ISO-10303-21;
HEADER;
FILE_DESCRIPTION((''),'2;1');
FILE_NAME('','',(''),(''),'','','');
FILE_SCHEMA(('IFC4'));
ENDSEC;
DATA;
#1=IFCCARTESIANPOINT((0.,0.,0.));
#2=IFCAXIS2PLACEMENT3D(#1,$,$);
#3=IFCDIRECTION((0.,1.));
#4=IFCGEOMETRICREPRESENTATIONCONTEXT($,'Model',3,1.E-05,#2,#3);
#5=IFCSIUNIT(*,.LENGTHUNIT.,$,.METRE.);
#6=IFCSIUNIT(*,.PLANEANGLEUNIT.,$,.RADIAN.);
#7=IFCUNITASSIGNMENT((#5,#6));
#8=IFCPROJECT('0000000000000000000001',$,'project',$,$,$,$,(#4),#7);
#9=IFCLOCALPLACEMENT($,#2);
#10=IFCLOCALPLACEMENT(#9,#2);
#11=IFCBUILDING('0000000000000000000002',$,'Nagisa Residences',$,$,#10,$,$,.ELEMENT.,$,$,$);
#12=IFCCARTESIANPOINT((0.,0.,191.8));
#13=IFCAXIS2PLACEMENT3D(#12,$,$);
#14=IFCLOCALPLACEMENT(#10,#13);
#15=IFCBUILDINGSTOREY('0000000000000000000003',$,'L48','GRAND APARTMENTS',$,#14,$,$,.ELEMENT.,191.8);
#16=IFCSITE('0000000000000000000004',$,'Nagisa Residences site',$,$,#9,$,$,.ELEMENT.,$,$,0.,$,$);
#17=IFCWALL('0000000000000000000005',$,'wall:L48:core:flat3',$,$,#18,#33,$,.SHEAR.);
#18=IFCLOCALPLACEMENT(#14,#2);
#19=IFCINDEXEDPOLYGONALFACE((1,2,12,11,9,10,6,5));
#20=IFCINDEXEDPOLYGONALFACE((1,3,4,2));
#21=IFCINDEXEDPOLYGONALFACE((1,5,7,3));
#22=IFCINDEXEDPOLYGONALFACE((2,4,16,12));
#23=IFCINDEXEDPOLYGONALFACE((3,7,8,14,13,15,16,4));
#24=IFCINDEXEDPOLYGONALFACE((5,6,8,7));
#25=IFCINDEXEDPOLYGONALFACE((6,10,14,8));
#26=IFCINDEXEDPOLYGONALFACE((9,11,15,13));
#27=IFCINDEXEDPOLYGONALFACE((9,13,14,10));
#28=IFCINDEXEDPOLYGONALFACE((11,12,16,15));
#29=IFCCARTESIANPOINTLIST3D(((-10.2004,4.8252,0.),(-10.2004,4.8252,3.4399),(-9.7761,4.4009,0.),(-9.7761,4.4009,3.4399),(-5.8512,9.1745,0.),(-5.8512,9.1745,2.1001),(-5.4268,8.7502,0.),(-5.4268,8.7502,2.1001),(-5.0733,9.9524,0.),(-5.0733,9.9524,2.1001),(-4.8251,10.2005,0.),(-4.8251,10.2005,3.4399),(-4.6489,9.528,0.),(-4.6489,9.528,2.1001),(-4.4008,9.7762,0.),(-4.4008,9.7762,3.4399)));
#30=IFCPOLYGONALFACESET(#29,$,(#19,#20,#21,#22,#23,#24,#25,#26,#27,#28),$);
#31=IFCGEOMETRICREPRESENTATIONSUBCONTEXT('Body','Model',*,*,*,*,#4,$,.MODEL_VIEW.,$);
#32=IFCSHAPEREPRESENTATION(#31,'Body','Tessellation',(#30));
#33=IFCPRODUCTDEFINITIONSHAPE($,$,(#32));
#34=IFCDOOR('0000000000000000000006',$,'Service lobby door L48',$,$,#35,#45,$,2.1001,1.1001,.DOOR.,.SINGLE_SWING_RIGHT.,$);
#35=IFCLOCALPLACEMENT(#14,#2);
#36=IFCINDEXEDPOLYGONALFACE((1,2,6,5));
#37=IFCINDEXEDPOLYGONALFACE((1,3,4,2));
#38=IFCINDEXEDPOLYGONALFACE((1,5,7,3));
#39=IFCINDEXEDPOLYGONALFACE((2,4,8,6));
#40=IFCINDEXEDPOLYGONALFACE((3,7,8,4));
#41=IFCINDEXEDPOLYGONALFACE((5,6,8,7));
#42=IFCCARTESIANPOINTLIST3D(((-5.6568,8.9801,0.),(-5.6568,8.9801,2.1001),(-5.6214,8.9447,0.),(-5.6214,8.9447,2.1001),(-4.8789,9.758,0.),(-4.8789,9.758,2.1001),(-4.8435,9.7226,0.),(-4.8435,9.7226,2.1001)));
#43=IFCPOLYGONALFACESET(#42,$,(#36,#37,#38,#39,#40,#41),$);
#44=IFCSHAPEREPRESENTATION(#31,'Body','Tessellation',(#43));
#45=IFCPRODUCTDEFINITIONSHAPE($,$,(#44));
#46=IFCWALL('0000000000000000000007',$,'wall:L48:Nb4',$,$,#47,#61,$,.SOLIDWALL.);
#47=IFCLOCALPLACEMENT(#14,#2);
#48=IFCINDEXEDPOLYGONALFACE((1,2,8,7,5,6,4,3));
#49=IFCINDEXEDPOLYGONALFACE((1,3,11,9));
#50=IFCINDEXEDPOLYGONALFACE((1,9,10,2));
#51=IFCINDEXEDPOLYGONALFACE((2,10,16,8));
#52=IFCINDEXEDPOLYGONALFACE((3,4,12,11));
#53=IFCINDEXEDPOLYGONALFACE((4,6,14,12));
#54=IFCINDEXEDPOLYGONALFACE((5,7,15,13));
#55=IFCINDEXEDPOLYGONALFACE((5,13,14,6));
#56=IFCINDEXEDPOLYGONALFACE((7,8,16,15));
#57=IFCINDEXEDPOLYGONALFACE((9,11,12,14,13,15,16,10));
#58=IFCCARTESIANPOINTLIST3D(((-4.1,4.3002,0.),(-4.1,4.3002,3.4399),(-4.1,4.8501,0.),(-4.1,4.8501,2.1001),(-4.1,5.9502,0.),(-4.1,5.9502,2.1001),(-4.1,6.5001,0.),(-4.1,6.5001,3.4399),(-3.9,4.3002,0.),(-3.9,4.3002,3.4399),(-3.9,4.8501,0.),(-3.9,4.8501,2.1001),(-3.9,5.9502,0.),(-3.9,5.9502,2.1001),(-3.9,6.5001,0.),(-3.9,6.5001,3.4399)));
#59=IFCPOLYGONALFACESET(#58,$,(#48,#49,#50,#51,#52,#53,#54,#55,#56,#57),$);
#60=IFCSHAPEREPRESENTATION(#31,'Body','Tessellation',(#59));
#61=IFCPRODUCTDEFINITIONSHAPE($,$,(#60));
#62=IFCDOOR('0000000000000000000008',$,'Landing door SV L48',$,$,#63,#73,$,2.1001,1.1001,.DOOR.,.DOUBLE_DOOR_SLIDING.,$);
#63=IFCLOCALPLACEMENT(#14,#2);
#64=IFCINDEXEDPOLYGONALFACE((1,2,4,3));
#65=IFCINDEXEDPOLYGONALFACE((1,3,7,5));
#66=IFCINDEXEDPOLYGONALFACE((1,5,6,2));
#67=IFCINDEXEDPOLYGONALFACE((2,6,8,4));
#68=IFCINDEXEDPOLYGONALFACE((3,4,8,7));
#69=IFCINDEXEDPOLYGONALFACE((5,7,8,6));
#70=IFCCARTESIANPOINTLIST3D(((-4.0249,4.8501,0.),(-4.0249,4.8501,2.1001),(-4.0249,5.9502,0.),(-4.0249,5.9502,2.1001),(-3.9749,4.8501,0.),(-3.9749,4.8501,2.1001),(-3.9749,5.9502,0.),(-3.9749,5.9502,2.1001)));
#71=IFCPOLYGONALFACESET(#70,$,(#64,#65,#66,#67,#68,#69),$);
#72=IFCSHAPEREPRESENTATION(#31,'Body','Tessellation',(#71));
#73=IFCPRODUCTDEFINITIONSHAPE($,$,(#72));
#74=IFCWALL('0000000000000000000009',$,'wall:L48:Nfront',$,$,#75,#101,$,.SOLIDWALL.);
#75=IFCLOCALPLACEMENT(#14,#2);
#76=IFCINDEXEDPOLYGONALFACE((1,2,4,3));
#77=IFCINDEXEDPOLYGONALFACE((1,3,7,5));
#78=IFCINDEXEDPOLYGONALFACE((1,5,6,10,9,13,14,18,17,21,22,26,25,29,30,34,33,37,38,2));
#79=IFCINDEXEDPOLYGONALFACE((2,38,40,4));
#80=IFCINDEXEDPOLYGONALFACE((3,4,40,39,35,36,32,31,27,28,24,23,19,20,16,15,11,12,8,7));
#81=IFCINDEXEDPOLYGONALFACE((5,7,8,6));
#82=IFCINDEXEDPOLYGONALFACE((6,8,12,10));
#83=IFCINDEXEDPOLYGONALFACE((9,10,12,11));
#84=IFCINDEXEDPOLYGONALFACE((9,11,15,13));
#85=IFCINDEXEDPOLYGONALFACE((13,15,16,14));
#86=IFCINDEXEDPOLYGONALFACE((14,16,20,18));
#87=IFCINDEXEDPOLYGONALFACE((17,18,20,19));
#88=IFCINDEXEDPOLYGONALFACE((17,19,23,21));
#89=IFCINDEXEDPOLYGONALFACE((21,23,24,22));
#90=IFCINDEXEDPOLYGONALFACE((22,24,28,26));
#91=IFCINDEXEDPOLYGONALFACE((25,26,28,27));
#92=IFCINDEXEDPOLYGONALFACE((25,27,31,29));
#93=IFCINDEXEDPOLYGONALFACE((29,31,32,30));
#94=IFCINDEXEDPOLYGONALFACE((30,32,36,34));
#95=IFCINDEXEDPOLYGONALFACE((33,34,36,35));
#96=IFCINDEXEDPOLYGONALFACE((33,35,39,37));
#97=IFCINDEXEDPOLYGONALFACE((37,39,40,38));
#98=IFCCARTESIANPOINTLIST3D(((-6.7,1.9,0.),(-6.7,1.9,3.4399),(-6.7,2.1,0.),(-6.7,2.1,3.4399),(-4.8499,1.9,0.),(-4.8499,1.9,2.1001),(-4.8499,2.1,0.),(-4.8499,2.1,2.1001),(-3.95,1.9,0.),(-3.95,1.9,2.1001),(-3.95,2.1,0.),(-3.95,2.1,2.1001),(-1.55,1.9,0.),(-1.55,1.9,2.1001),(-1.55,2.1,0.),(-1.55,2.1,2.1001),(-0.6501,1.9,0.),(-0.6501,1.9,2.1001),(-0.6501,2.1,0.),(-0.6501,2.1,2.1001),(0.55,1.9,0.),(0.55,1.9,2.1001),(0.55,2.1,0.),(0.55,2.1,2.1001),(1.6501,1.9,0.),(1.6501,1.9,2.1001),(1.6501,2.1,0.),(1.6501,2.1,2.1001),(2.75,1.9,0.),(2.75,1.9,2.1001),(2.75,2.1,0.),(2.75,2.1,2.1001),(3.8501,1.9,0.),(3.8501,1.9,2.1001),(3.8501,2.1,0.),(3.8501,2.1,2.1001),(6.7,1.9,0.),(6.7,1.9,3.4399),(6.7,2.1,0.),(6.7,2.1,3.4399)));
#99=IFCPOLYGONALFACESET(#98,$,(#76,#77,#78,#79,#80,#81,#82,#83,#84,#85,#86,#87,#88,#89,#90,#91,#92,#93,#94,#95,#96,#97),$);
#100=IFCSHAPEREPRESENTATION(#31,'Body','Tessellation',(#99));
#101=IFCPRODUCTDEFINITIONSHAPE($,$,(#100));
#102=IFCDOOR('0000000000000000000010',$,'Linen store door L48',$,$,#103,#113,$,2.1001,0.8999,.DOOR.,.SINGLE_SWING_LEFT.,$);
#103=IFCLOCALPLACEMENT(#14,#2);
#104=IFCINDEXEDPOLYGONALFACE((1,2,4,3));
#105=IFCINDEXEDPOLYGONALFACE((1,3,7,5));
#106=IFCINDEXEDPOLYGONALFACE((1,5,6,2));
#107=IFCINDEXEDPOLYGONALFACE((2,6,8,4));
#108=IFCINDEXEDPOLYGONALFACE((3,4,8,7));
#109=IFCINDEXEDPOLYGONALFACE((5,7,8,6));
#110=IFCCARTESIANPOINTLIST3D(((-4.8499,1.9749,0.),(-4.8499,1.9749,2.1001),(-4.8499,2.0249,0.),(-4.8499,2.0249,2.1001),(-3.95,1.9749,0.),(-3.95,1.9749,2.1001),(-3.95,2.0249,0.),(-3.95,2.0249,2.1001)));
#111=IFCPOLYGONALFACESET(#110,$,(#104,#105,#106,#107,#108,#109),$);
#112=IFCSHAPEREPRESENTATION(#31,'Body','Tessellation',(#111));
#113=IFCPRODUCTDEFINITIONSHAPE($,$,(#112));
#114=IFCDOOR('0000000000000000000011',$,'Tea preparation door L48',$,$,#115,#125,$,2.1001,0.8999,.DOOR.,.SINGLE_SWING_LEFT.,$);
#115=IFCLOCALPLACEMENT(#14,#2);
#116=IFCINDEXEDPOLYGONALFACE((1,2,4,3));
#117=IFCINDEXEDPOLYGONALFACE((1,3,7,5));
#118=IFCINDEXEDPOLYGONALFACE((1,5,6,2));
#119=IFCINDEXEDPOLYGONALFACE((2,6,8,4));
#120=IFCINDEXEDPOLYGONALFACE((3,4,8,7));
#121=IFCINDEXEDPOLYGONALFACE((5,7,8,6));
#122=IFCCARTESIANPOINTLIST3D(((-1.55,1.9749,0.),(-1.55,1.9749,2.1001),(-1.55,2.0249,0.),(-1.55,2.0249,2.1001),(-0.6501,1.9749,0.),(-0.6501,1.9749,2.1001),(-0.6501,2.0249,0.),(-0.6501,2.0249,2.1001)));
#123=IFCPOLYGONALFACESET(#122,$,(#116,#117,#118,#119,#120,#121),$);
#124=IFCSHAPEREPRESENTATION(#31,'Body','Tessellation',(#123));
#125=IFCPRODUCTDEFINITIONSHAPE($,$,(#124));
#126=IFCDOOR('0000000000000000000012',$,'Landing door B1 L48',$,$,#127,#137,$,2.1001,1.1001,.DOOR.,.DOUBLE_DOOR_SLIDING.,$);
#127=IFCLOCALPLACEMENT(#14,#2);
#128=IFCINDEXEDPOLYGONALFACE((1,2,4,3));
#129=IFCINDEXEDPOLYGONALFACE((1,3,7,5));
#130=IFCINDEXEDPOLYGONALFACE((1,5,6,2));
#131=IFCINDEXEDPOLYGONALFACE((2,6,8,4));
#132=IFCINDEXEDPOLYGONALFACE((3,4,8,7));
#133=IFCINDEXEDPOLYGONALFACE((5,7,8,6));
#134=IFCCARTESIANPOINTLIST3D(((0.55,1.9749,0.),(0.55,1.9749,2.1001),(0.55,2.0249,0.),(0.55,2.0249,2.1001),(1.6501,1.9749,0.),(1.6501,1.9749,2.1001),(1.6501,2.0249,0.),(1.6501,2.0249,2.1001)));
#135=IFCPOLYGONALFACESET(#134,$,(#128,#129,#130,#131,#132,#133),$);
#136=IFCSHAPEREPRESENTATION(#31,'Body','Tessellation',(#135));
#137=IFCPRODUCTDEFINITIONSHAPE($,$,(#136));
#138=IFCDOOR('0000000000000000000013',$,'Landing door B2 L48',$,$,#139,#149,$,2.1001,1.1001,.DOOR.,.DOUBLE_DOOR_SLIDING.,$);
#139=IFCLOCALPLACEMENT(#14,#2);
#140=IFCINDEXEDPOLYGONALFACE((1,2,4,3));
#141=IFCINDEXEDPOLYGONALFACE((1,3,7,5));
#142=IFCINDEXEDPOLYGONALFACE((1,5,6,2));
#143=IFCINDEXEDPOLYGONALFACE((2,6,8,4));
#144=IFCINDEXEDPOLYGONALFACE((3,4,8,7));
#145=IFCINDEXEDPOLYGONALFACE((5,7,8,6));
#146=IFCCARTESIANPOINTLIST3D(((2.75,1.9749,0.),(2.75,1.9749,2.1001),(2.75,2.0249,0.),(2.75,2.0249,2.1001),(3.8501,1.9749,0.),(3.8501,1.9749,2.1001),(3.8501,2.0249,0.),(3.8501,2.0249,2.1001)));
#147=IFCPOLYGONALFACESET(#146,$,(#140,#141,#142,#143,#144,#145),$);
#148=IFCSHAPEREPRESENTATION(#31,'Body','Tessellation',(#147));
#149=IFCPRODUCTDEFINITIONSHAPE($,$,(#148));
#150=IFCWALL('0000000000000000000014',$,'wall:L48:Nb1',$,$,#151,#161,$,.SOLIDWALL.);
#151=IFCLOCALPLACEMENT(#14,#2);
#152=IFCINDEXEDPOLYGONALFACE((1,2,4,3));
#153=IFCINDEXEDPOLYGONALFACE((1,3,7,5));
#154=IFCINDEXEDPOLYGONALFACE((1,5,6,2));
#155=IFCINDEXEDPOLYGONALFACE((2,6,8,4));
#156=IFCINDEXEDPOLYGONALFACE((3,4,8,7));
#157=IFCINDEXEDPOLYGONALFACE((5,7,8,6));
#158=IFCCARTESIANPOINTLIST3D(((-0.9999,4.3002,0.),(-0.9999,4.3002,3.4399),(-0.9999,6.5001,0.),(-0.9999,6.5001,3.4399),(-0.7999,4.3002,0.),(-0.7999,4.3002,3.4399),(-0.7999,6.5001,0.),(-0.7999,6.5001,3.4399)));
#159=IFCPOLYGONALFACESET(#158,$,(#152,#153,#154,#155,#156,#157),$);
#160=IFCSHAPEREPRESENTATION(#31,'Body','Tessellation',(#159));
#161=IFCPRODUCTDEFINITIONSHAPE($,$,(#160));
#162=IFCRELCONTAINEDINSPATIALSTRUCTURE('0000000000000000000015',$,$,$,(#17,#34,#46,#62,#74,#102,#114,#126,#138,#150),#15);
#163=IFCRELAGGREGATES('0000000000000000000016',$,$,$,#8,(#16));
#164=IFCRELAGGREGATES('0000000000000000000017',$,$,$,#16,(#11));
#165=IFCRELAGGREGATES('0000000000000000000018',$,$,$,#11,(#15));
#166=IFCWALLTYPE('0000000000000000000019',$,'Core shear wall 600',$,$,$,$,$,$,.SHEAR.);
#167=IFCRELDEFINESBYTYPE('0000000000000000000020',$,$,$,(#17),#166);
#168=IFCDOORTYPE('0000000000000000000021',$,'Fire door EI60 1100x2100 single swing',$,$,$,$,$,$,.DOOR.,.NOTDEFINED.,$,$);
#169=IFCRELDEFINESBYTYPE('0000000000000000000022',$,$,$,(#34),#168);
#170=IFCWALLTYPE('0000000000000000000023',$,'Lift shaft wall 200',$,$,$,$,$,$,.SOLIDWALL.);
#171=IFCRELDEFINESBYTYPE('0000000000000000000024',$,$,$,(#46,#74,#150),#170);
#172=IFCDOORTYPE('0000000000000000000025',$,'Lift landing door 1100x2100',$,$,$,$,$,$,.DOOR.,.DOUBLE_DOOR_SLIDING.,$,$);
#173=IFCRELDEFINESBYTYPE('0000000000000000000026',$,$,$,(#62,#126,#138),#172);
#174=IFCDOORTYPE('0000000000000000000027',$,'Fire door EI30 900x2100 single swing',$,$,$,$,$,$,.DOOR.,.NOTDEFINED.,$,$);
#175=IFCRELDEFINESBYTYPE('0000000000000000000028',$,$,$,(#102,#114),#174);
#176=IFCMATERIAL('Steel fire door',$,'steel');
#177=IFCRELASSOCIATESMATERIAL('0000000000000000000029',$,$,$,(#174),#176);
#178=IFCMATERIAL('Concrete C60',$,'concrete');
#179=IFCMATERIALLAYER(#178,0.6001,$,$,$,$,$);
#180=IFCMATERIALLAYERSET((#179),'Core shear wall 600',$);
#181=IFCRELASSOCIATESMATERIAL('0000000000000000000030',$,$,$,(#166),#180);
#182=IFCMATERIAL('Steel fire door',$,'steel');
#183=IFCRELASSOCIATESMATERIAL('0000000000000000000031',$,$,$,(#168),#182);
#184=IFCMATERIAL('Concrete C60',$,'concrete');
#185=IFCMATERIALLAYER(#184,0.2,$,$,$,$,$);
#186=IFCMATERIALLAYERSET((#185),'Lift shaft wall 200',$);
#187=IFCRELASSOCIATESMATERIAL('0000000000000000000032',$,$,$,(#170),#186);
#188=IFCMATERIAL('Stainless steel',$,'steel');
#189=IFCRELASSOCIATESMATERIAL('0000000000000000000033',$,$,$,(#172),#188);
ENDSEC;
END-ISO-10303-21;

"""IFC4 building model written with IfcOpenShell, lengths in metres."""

from ifc_helpers import new_model, si_unit, direction, frame, frame_2d, origin, place, context, subcontext, project, spatial, rectangle, extrude, material, layer, layer_set, type_object, element, fill, save


model = new_model("IFC4")

# Units and contexts
model_context = context("Model", 3, precision=1e-05, world=origin(), true_north=direction((0.0, 1.0)))
body_context = subcontext(model_context, "Body", "Model", "MODEL_VIEW")
ifc_project = project(units=[si_unit("LENGTHUNIT", "METRE"), si_unit("PLANEANGLEUNIT", "RADIAN")], contexts=[model_context])

# Site, building, storey
site_placement = place(None, origin())
site = spatial("IfcSite", under=ifc_project, at=site_placement, Name="Nagisa Residences site", CompositionType="ELEMENT", RefElevation=0.0)
building_placement = place(site_placement, origin())
building = spatial("IfcBuilding", under=site, at=building_placement, Name="Nagisa Residences", CompositionType="ELEMENT")
storey_placement = place(building_placement, frame((0.0, 0.0, 191.8)))
storey = spatial("IfcBuildingStorey", under=building, at=storey_placement, Name="L48", Description="GRAND APARTMENTS", CompositionType="ELEMENT", Elevation=191.8)

# Shared definitions
ifc_material_1 = material(Name="Steel fire door", Category="steel")
door_type_1 = type_object("IfcDoorType", Name="Fire door EI30 900x2100 single swing", OperationType="NOTDEFINED", PredefinedType="DOOR", material=ifc_material_1)

# Walls, openings, doors
ifc_material_2 = material(Name="Concrete C60", Category="concrete")
ifc_layer_1 = layer(ifc_material_2, 0.6001)
ifc_layer_set_1 = layer_set([ifc_layer_1], Name="Core shear wall 600")
wall_type_1 = type_object("IfcWallType", Name="Core shear wall 600", PredefinedType="SHEAR", material=ifc_layer_set_1)
wall_1_placement = place(storey_placement, frame((-4.613, 9.9883, 0.0), z_axis=(0.0, 0.0, 1.0), x_axis=(-0.707107, -0.707107, 0.0)))
wall_1 = element("IfcWall", 1, at=wall_1_placement, inside=storey, type_object=wall_type_1, Name="wall:L48:core:flat3", PredefinedType="SHEAR", context=body_context, shape_type="SweptSolid", body=[
    extrude(rectangle(XDim=7.6018, YDim=0.6001, at=frame_2d((3.8008, 0.0))), origin(), (0.0, 0.0, 1.0), 3.4399),
])
opening_1_placement = place(wall_1_placement, frame((0.3508, 0.0, 0.0)))
opening_1 = element("IfcOpeningElement", 2, at=opening_1_placement, cuts=wall_1, PredefinedType="OPENING", context=body_context, shape_type="SweptSolid", body=[
    extrude(rectangle(XDim=1.1001, YDim=2.1001, at=frame_2d((0.55, 1.05))), frame((0.0, 0.3101, 0.0), z_axis=(0.0, -1.0, 0.0), x_axis=(1.0, 0.0, 0.0)), (0.0, 0.0, 1.0), 0.6201),
])
ifc_material_3 = material(Name="Steel fire door", Category="steel")
door_type_2 = type_object("IfcDoorType", Name="Fire door EI60 1100x2100 single swing", OperationType="NOTDEFINED", PredefinedType="DOOR", material=ifc_material_3)
door_1_placement = place(opening_1_placement, origin())
door_1 = element("IfcDoor", 3, at=door_1_placement, inside=storey, type_object=door_type_2, Name="Service lobby door L48", OperationType="SINGLE_SWING_RIGHT", OverallHeight=2.1001, OverallWidth=1.1001, PredefinedType="DOOR", context=body_context, shape_type="SweptSolid", body=[
    extrude(rectangle(XDim=1.1001, YDim=2.1001, at=frame_2d((0.55, 1.05))), frame((0.0, 0.0249, 0.0), z_axis=(0.0, -1.0, 0.0), x_axis=(1.0, 0.0, 0.0)), (0.0, 0.0, 1.0), 0.05),
])
fill(opening_1, door_1)
ifc_material_4 = material(Name="Concrete C60", Category="concrete")
ifc_layer_2 = layer(ifc_material_4, 0.2)
ifc_layer_set_2 = layer_set([ifc_layer_2], Name="Lift shaft wall 200")
wall_type_2 = type_object("IfcWallType", Name="Lift shaft wall 200", PredefinedType="SOLIDWALL", material=ifc_layer_set_2)
wall_2_placement = place(storey_placement, frame((-4.0, 4.3, 0.0), z_axis=(0.0, 0.0, 1.0), x_axis=(0.0, 1.0, 0.0)))
wall_2 = element("IfcWall", 4, at=wall_2_placement, inside=storey, type_object=wall_type_2, Name="wall:L48:Nb4", PredefinedType="SOLIDWALL", context=body_context, shape_type="SweptSolid", body=[
    extrude(rectangle(XDim=2.2, YDim=0.2, at=frame_2d((1.1001, 0.0))), origin(), (0.0, 0.0, 1.0), 3.4399),
])
opening_2_placement = place(wall_2_placement, frame((0.55, 0.0, 0.0)))
opening_2 = element("IfcOpeningElement", 5, at=opening_2_placement, cuts=wall_2, PredefinedType="OPENING", context=body_context, shape_type="SweptSolid", body=[
    extrude(rectangle(XDim=1.1001, YDim=2.1001, at=frame_2d((0.55, 1.05))), frame((0.0, 0.1099, 0.0), z_axis=(0.0, -1.0, 0.0), x_axis=(1.0, 0.0, 0.0)), (0.0, 0.0, 1.0), 0.22),
])
ifc_material_5 = material(Name="Stainless steel", Category="steel")
door_type_3 = type_object("IfcDoorType", Name="Lift landing door 1100x2100", OperationType="DOUBLE_DOOR_SLIDING", PredefinedType="DOOR", material=ifc_material_5)
door_2_placement = place(opening_2_placement, origin())
door_2 = element("IfcDoor", 6, at=door_2_placement, inside=storey, type_object=door_type_3, Name="Landing door SV L48", OperationType="DOUBLE_DOOR_SLIDING", OverallHeight=2.1001, OverallWidth=1.1001, PredefinedType="DOOR", context=body_context, shape_type="SweptSolid", body=[
    extrude(rectangle(XDim=1.1001, YDim=2.1001, at=frame_2d((0.55, 1.05))), frame((0.0, 0.0249, 0.0), z_axis=(0.0, -1.0, 0.0), x_axis=(1.0, 0.0, 0.0)), (0.0, 0.0, 1.0), 0.05),
])
fill(opening_2, door_2)

# Wall, openings, doors
wall_3_placement = place(storey_placement, frame((-6.7, 2.0, 0.0), z_axis=(0.0, 0.0, 1.0), x_axis=(1.0, 0.0, 0.0)))
wall_3 = element("IfcWall", 7, at=wall_3_placement, inside=storey, type_object=wall_type_2, Name="wall:L48:Nfront", PredefinedType="SOLIDWALL", context=body_context, shape_type="SweptSolid", body=[
    extrude(rectangle(XDim=13.3999, YDim=0.2, at=frame_2d((6.7, 0.0))), origin(), (0.0, 0.0, 1.0), 3.4399),
])
opening_3_placement = place(wall_3_placement, frame((7.25, 0.0, 0.0)))
opening_3 = element("IfcOpeningElement", 8, at=opening_3_placement, cuts=wall_3, PredefinedType="OPENING", context=body_context, shape_type="SweptSolid", body=[
    extrude(rectangle(XDim=1.1001, YDim=2.1001, at=frame_2d((0.55, 1.05))), frame((0.0, 0.1099, 0.0), z_axis=(0.0, -1.0, 0.0), x_axis=(1.0, 0.0, 0.0)), (0.0, 0.0, 1.0), 0.22),
])
opening_4_placement = place(wall_3_placement, frame((9.45, 0.0, 0.0)))
opening_4 = element("IfcOpeningElement", 9, at=opening_4_placement, cuts=wall_3, PredefinedType="OPENING", context=body_context, shape_type="SweptSolid", body=[
    extrude(rectangle(XDim=1.1001, YDim=2.1001, at=frame_2d((0.55, 1.05))), frame((0.0, 0.1099, 0.0), z_axis=(0.0, -1.0, 0.0), x_axis=(1.0, 0.0, 0.0)), (0.0, 0.0, 1.0), 0.22),
])
opening_5_placement = place(wall_3_placement, frame((1.8501, 0.0, 0.0)))
opening_5 = element("IfcOpeningElement", 10, at=opening_5_placement, cuts=wall_3, PredefinedType="OPENING", context=body_context, shape_type="SweptSolid", body=[
    extrude(rectangle(XDim=0.8999, YDim=2.1001, at=frame_2d((0.45, 1.05))), frame((0.0, 0.1099, 0.0), z_axis=(0.0, -1.0, 0.0), x_axis=(1.0, 0.0, 0.0)), (0.0, 0.0, 1.0), 0.22),
])
opening_6_placement = place(wall_3_placement, frame((5.1499, 0.0, 0.0)))
opening_6 = element("IfcOpeningElement", 11, at=opening_6_placement, cuts=wall_3, PredefinedType="OPENING", context=body_context, shape_type="SweptSolid", body=[
    extrude(rectangle(XDim=0.8999, YDim=2.1001, at=frame_2d((0.45, 1.05))), frame((0.0, 0.1099, 0.0), z_axis=(0.0, -1.0, 0.0), x_axis=(1.0, 0.0, 0.0)), (0.0, 0.0, 1.0), 0.22),
])
door_3_placement = place(opening_5_placement, origin())
door_3 = element("IfcDoor", 12, at=door_3_placement, inside=storey, type_object=door_type_1, Name="Linen store door L48", OperationType="SINGLE_SWING_LEFT", OverallHeight=2.1001, OverallWidth=0.8999, PredefinedType="DOOR", context=body_context, shape_type="SweptSolid", body=[
    extrude(rectangle(XDim=0.8999, YDim=2.1001, at=frame_2d((0.45, 1.05))), frame((0.0, 0.0249, 0.0), z_axis=(0.0, -1.0, 0.0), x_axis=(1.0, 0.0, 0.0)), (0.0, 0.0, 1.0), 0.05),
])
fill(opening_5, door_3)
door_4_placement = place(opening_6_placement, origin())
door_4 = element("IfcDoor", 13, at=door_4_placement, inside=storey, type_object=door_type_1, Name="Tea preparation door L48", OperationType="SINGLE_SWING_LEFT", OverallHeight=2.1001, OverallWidth=0.8999, PredefinedType="DOOR", context=body_context, shape_type="SweptSolid", body=[
    extrude(rectangle(XDim=0.8999, YDim=2.1001, at=frame_2d((0.45, 1.05))), frame((0.0, 0.0249, 0.0), z_axis=(0.0, -1.0, 0.0), x_axis=(1.0, 0.0, 0.0)), (0.0, 0.0, 1.0), 0.05),
])
fill(opening_6, door_4)
door_5_placement = place(opening_3_placement, origin())
door_5 = element("IfcDoor", 14, at=door_5_placement, inside=storey, type_object=door_type_3, Name="Landing door B1 L48", OperationType="DOUBLE_DOOR_SLIDING", OverallHeight=2.1001, OverallWidth=1.1001, PredefinedType="DOOR", context=body_context, shape_type="SweptSolid", body=[
    extrude(rectangle(XDim=1.1001, YDim=2.1001, at=frame_2d((0.55, 1.05))), frame((0.0, 0.0249, 0.0), z_axis=(0.0, -1.0, 0.0), x_axis=(1.0, 0.0, 0.0)), (0.0, 0.0, 1.0), 0.05),
])
fill(opening_3, door_5)
door_6_placement = place(opening_4_placement, origin())
door_6 = element("IfcDoor", 15, at=door_6_placement, inside=storey, type_object=door_type_3, Name="Landing door B2 L48", OperationType="DOUBLE_DOOR_SLIDING", OverallHeight=2.1001, OverallWidth=1.1001, PredefinedType="DOOR", context=body_context, shape_type="SweptSolid", body=[
    extrude(rectangle(XDim=1.1001, YDim=2.1001, at=frame_2d((0.55, 1.05))), frame((0.0, 0.0249, 0.0), z_axis=(0.0, -1.0, 0.0), x_axis=(1.0, 0.0, 0.0)), (0.0, 0.0, 1.0), 0.05),
])
fill(opening_4, door_6)

# Wall
wall_4_placement = place(storey_placement, frame((-0.8999, 4.3, 0.0), z_axis=(0.0, 0.0, 1.0), x_axis=(0.0, 1.0, 0.0)))
element("IfcWall", 16, at=wall_4_placement, inside=storey, type_object=wall_type_2, Name="wall:L48:Nb1", PredefinedType="SOLIDWALL", context=body_context, shape_type="SweptSolid", body=[
    extrude(rectangle(XDim=2.2, YDim=0.2, at=frame_2d((1.1001, 0.0))), origin(), (0.0, 0.0, 1.0), 3.4399),
])

save(model, "model.ifc")
